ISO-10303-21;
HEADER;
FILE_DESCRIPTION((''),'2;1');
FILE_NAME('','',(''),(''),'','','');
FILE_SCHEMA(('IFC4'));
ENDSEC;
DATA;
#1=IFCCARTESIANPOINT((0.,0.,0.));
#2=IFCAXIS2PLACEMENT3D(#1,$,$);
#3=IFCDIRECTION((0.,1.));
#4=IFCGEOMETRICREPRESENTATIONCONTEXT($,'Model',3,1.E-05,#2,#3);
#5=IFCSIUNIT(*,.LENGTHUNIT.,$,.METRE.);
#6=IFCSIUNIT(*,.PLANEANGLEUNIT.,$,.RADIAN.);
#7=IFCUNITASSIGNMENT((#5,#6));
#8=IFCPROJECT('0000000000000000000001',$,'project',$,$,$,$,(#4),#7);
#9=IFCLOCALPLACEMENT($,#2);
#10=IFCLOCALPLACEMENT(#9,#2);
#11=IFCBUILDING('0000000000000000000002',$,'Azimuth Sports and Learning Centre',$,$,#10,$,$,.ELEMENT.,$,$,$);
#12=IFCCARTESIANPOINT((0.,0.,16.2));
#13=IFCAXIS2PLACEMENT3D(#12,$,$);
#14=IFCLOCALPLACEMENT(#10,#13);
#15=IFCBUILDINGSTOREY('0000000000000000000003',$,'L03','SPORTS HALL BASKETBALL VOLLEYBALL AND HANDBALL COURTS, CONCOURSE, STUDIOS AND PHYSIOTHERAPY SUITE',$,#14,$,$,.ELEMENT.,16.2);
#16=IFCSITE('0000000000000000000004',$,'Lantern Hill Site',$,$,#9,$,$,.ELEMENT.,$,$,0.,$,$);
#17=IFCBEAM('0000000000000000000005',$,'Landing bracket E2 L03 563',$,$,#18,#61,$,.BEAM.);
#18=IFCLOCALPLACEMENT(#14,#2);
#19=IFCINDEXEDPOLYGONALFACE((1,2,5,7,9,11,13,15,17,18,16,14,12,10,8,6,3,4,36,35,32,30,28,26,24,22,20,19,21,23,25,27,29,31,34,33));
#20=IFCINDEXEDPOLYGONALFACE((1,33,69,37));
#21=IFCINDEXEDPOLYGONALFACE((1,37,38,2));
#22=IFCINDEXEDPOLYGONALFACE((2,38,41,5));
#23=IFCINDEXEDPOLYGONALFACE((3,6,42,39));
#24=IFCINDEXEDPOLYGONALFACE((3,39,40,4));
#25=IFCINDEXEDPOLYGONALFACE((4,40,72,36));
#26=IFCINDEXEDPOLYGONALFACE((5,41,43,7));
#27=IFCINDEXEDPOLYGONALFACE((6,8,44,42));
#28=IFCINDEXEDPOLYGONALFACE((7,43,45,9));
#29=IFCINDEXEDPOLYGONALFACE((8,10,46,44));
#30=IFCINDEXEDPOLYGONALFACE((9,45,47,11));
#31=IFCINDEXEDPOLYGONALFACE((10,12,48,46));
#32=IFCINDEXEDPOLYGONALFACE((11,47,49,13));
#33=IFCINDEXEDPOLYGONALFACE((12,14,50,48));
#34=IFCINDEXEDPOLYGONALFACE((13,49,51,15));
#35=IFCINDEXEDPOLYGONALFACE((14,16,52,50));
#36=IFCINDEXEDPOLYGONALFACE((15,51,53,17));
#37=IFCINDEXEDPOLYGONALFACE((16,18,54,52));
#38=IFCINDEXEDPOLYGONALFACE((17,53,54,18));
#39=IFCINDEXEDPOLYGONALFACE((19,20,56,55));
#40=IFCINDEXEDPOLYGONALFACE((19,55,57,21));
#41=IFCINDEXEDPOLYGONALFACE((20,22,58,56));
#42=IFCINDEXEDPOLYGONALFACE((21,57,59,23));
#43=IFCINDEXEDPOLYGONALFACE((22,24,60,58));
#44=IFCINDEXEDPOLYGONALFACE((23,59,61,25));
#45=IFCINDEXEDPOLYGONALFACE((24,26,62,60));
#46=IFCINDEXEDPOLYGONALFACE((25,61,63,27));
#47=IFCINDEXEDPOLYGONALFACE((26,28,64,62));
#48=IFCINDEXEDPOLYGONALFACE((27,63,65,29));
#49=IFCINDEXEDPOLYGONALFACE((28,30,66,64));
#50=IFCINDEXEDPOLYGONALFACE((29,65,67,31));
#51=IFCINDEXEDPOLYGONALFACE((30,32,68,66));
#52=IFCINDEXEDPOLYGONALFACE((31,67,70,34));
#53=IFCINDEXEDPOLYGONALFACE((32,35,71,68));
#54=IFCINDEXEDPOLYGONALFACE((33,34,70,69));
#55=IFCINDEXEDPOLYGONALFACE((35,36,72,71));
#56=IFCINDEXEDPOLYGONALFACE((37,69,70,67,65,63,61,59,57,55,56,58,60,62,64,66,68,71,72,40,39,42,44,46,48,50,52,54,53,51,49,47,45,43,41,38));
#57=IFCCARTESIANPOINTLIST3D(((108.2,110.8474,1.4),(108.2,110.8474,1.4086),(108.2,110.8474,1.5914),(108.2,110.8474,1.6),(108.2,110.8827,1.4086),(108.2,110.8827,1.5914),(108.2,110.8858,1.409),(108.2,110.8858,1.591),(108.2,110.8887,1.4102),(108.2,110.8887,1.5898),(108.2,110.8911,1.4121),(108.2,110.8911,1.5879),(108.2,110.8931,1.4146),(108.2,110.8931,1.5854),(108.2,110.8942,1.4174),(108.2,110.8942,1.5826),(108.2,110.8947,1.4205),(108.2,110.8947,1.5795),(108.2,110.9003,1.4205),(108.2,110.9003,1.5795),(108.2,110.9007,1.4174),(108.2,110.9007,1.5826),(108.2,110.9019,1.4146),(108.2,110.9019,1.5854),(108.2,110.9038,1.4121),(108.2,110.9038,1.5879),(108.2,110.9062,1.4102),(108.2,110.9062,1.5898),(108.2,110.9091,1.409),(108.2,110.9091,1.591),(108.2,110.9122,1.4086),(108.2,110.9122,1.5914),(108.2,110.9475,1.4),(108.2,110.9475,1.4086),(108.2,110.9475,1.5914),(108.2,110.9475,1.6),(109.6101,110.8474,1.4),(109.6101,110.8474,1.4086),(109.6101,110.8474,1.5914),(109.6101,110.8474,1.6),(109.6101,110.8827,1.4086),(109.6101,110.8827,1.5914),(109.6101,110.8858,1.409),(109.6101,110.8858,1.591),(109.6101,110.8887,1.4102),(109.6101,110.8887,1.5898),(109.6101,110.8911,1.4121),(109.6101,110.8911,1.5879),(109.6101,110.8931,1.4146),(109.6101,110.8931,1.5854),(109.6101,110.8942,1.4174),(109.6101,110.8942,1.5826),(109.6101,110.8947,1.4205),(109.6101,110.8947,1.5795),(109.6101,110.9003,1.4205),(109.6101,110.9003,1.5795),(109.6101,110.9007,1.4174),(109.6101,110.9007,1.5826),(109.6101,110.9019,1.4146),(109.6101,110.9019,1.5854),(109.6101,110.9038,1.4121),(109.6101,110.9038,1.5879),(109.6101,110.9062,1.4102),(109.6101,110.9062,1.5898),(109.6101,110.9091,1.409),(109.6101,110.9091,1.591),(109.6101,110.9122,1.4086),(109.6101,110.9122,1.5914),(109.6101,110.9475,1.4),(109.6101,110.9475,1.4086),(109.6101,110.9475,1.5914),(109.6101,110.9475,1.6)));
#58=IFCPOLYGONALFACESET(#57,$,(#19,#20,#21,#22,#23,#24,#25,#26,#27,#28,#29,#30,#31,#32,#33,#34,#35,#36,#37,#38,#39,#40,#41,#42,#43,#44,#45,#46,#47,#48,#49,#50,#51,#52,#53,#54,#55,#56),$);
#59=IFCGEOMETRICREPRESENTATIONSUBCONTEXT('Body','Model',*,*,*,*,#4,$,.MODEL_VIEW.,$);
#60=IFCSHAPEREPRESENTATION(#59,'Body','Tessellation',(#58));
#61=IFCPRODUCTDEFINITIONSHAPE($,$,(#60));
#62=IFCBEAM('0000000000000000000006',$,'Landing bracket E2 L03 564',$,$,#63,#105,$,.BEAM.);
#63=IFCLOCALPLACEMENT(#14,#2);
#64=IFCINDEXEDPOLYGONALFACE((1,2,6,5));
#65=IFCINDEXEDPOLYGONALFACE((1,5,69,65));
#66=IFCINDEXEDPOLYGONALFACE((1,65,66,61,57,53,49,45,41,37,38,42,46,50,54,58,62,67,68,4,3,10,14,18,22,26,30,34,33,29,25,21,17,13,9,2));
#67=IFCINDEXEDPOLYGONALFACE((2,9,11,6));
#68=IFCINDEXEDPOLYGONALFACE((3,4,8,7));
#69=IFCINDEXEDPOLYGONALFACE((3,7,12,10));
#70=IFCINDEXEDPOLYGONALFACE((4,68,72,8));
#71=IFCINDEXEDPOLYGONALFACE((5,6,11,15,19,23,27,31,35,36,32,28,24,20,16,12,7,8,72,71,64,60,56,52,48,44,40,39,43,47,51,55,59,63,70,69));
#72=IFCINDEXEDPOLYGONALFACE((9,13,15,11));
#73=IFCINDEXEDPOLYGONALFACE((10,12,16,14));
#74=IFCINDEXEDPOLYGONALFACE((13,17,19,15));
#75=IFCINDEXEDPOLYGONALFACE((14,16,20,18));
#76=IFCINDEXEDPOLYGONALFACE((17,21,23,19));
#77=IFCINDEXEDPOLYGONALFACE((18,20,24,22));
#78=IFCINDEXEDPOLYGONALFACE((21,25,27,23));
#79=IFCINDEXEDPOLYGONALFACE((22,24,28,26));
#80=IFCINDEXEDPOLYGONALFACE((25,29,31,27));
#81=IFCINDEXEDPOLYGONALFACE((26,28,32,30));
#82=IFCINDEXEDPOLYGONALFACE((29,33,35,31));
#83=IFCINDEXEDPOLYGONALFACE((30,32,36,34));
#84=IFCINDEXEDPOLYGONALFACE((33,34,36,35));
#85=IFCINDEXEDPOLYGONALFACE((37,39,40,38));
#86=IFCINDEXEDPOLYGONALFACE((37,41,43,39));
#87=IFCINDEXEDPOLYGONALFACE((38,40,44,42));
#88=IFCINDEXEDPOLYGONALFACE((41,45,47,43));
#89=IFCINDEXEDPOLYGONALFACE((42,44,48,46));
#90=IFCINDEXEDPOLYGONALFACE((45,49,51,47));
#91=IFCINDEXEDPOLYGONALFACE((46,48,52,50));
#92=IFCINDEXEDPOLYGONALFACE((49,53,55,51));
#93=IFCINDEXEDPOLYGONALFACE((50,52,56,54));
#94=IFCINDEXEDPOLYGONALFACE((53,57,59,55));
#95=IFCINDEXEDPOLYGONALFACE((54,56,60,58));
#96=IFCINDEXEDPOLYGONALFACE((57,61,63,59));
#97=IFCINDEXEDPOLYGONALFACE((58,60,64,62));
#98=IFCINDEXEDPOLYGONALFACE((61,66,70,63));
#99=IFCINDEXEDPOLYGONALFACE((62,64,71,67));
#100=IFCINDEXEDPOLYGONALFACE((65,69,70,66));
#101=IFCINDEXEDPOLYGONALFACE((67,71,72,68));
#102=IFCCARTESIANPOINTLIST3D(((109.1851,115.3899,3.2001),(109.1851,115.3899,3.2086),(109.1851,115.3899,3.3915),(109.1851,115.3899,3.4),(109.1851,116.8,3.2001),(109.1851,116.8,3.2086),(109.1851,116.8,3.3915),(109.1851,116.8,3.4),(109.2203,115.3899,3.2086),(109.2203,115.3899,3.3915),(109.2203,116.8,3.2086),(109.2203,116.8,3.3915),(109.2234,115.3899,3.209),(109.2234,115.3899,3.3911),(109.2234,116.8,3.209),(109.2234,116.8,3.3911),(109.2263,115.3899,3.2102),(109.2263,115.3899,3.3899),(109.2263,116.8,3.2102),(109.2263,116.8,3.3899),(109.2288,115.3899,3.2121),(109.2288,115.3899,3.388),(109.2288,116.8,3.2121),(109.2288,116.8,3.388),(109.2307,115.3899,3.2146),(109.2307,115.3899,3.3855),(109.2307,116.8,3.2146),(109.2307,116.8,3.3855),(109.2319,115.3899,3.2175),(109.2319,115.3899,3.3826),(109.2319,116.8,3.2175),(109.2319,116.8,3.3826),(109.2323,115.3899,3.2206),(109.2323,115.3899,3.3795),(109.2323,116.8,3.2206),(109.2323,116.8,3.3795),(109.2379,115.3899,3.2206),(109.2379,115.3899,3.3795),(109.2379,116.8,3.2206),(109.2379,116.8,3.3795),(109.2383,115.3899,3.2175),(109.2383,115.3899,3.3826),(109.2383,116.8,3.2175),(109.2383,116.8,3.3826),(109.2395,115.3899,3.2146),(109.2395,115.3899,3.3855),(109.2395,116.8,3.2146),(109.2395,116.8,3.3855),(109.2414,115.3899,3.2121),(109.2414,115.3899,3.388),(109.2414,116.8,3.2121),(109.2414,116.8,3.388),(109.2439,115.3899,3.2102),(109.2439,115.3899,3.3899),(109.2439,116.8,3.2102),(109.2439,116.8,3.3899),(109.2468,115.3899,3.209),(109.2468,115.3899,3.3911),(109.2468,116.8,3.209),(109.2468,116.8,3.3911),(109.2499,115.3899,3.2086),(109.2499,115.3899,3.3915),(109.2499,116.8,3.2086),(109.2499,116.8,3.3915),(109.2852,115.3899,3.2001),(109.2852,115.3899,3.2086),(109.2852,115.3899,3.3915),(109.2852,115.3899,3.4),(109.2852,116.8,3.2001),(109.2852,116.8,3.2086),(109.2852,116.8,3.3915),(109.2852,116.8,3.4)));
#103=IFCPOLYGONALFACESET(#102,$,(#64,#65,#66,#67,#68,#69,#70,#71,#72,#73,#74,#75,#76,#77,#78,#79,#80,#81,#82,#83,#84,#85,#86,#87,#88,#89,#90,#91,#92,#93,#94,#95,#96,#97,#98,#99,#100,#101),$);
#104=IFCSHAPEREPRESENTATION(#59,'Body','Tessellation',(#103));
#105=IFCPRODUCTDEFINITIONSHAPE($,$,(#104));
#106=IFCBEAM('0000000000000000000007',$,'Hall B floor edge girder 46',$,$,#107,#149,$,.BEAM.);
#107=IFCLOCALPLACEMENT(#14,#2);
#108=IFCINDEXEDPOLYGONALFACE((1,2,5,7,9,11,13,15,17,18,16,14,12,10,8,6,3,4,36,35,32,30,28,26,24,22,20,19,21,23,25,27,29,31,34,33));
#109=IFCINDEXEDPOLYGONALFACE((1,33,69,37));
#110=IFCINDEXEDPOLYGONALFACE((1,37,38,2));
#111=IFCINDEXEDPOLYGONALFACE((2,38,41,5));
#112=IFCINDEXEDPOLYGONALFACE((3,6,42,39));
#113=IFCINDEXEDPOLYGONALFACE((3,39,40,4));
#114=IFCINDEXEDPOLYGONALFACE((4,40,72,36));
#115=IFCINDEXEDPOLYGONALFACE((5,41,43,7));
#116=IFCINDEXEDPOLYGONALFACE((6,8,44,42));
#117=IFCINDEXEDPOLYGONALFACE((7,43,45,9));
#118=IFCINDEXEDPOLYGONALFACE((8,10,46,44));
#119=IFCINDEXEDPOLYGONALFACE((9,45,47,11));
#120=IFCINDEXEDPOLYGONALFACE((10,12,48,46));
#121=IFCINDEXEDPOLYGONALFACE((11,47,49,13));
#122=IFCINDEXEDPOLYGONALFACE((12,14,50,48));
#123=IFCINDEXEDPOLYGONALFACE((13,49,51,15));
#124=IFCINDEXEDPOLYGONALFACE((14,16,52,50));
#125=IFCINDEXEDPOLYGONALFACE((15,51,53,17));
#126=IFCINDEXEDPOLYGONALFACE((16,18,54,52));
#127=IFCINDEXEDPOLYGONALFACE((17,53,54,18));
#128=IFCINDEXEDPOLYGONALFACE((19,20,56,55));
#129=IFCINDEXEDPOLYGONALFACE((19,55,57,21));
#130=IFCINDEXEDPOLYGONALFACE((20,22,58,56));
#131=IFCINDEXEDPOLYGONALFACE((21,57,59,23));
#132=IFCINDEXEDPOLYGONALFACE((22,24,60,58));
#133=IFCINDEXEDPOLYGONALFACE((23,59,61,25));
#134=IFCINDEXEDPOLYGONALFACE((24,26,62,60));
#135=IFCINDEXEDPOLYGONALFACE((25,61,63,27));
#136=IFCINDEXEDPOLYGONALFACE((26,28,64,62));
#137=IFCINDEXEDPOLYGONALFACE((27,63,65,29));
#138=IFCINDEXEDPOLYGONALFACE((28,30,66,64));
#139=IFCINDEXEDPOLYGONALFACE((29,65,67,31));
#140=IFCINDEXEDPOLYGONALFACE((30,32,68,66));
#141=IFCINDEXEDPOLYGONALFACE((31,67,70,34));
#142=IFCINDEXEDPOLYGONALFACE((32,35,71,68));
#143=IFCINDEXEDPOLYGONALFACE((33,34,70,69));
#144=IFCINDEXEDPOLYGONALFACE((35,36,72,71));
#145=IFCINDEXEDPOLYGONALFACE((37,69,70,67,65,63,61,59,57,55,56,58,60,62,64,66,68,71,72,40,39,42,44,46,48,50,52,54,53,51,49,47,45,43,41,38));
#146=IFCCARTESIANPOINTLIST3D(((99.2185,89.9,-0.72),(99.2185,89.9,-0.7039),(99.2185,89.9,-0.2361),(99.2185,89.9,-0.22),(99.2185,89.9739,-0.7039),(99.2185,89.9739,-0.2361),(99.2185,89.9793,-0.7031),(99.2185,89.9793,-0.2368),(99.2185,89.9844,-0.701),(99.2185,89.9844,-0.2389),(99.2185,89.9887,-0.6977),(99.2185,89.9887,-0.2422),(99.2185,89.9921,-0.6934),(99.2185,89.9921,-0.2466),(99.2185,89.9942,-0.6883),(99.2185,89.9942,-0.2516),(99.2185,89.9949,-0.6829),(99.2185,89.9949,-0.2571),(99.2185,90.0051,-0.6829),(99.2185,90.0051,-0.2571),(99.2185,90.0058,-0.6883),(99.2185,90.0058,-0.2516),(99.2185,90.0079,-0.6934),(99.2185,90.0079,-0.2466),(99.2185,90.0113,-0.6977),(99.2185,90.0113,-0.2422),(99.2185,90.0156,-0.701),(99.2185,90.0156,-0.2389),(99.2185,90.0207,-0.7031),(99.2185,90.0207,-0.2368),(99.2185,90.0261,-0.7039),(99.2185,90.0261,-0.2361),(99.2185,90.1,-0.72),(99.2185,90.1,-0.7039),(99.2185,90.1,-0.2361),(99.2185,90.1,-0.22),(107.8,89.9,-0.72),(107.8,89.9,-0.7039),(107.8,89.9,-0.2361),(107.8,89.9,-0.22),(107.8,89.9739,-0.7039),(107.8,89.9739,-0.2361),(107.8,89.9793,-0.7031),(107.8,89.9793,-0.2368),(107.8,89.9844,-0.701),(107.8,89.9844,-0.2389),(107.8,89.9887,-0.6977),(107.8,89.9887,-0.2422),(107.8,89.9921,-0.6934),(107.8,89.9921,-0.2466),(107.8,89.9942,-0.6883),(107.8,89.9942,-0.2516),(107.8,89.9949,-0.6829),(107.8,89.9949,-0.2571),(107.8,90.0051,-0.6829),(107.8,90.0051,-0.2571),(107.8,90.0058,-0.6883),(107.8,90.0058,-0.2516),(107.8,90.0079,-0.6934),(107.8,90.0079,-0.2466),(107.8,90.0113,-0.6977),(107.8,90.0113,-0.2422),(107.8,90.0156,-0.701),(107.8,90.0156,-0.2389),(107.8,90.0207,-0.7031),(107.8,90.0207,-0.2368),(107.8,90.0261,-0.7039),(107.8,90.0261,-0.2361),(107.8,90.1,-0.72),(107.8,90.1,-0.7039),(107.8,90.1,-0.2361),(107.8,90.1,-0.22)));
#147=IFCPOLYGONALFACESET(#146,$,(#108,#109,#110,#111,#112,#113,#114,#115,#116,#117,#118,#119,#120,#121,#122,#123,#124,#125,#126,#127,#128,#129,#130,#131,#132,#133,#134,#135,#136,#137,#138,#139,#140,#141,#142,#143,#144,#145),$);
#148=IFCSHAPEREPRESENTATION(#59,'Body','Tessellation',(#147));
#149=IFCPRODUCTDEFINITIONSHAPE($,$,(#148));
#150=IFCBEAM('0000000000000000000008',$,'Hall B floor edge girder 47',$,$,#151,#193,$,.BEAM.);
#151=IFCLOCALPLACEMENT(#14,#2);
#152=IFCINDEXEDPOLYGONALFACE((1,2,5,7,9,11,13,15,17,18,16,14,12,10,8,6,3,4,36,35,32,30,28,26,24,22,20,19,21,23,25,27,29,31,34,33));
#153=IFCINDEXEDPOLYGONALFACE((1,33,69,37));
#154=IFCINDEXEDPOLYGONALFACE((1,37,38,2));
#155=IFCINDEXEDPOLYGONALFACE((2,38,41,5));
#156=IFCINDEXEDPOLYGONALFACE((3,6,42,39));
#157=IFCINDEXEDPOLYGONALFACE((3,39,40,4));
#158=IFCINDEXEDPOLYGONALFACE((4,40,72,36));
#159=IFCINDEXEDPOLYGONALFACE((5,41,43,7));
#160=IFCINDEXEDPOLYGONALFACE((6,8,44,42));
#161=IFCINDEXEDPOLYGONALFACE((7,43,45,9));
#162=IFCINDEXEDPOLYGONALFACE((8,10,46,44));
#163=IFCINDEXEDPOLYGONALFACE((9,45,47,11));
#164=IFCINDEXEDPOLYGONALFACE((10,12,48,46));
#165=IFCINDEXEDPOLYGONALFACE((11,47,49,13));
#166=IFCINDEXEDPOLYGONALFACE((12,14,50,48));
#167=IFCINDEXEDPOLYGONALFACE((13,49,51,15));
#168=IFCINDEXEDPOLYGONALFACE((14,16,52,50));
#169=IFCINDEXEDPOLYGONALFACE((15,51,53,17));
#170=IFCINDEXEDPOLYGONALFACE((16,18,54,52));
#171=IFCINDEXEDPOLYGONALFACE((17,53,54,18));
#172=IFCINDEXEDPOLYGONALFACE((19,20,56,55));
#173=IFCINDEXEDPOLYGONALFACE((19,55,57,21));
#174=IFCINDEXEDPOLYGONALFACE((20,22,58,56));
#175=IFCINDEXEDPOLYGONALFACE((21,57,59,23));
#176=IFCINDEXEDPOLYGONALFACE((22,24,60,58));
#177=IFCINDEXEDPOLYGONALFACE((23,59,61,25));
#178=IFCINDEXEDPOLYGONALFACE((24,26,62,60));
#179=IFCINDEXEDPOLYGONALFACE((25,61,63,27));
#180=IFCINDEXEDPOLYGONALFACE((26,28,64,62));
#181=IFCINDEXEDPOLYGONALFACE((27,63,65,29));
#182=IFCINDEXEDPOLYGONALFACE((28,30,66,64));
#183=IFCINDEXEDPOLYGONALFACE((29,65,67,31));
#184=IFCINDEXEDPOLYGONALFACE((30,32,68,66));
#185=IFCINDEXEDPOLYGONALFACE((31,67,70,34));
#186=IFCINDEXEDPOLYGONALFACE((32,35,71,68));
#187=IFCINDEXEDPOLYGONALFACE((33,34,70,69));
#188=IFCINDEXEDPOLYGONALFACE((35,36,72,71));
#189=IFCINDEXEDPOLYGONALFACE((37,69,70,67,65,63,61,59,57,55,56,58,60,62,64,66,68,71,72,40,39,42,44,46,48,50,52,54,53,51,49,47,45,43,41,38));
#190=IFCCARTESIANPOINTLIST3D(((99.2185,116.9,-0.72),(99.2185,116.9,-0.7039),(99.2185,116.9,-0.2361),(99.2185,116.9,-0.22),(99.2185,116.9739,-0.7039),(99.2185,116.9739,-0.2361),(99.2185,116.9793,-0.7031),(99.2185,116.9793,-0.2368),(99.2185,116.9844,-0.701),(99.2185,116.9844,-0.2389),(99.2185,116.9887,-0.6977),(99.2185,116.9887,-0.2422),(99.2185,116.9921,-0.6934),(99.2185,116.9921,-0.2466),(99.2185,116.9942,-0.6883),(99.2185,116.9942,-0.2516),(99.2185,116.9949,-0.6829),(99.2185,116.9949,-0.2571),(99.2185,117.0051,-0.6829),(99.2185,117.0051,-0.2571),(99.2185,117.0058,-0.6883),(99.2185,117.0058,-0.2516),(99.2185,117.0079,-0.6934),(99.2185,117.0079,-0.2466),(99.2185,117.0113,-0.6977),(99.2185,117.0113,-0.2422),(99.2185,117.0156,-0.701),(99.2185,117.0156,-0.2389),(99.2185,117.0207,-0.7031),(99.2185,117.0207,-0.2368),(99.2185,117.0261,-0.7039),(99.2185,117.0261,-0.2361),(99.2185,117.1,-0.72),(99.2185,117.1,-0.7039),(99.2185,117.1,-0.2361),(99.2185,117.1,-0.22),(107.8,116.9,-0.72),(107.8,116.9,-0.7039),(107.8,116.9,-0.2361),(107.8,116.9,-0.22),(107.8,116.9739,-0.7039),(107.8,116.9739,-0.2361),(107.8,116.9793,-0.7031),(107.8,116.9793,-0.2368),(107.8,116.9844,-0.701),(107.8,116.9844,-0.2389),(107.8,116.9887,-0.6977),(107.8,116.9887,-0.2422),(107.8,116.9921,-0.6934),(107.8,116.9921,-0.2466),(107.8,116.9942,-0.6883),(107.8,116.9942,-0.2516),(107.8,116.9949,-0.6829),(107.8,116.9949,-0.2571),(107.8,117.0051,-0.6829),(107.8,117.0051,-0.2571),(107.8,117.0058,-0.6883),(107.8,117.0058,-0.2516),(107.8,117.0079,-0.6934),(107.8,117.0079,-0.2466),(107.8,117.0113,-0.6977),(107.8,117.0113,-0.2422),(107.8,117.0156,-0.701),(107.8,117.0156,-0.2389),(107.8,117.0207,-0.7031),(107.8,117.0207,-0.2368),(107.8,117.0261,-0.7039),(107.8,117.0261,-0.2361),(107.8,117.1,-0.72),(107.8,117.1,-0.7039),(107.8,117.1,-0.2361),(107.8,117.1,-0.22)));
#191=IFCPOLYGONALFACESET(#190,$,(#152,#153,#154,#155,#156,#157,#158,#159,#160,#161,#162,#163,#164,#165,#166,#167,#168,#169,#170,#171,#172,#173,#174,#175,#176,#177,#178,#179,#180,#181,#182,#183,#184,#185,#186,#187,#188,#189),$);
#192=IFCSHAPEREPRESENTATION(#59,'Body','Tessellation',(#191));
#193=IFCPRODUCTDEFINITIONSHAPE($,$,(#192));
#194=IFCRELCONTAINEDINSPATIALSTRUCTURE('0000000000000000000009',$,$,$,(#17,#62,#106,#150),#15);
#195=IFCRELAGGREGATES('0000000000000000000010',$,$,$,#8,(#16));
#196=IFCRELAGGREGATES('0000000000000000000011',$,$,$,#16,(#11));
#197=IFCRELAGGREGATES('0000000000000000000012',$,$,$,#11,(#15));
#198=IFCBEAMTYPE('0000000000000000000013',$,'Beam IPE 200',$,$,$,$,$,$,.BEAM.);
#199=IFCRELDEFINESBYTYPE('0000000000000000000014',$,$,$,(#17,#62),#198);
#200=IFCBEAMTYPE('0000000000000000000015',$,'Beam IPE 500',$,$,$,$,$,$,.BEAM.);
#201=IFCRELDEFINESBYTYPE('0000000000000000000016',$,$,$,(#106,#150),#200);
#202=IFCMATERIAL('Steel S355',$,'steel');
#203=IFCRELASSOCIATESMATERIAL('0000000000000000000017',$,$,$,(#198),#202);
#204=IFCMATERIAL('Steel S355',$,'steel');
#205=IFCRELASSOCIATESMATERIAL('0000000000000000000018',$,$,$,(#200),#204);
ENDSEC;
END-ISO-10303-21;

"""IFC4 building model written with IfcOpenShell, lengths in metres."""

from ifc_helpers import new_model, si_unit, direction, frame, origin, origin_2d, place, context, subcontext, project, spatial, i_section, extrude, material, material_profile, profile_set, type_object, element, save


model = new_model("IFC4")

# Units and contexts
model_context = context("Model", 3, precision=1e-05, world=origin(), true_north=direction((0.0, 1.0)))
body_context = subcontext(model_context, "Body", "Model", "MODEL_VIEW")
ifc_project = project(units=[si_unit("LENGTHUNIT", "METRE"), si_unit("PLANEANGLEUNIT", "RADIAN")], contexts=[model_context])

# Site, building, storey
site_placement = place(None, origin())
site = spatial("IfcSite", under=ifc_project, at=site_placement, Name="Lantern Hill Site", CompositionType="ELEMENT", RefElevation=0.0)
building_placement = place(site_placement, origin())
building = spatial("IfcBuilding", under=site, at=building_placement, Name="Azimuth Sports and Learning Centre", CompositionType="ELEMENT")
storey_placement = place(building_placement, frame((0.0, 0.0, 16.2)))
storey = spatial("IfcBuildingStorey", under=building, at=storey_placement, Name="L03", Description="SPORTS HALL BASKETBALL VOLLEYBALL AND HANDBALL COURTS, CONCOURSE, STUDIOS AND PHYSIOTHERAPY SUITE", CompositionType="ELEMENT", Elevation=16.2)

# Beams
ifc_material_1 = material(Name="Steel S355", Category="steel")
ifc_material_profile_1 = material_profile(ifc_material_1, i_section(OverallWidth=0.1001, OverallDepth=0.2, WebThickness=0.0056, FlangeThickness=0.0085, FilletRadius=0.012, at=origin_2d()), Name="IPE 200")
ifc_profile_set_1 = profile_set([ifc_material_profile_1], Name="Steel S355")
beam_type_1 = type_object("IfcBeamType", Name="Beam IPE 200", PredefinedType="BEAM", material=ifc_profile_set_1)
for number, where, z_axis, x_axis, name in (
    (1, (108.2, 110.8975, 1.5), (1.0, 0.0, 0.0), (0.0, 1.0, 0.0), "Landing bracket E2 L03 563"),
    (2, (109.2351, 116.8, 3.3), (0.0, -1.0, 0.0), (1.0, 0.0, 0.0), "Landing bracket E2 L03 564"),
):
    element("IfcBeam", number, at=place(storey_placement, frame(where, z_axis=z_axis, x_axis=x_axis)), inside=storey, type_object=beam_type_1, Name=name, PredefinedType="BEAM", context=body_context, shape_type="SweptSolid", body=[
        extrude(i_section(OverallWidth=0.1001, OverallDepth=0.2, WebThickness=0.0056, FlangeThickness=0.0085, FilletRadius=0.012, at=origin_2d()), origin(), (0.0, 0.0, 1.0), 1.4102),
    ])
ifc_material_2 = material(Name="Steel S355", Category="steel")
ifc_material_profile_2 = material_profile(ifc_material_2, i_section(OverallWidth=0.2, OverallDepth=0.5, WebThickness=0.0103, FlangeThickness=0.0161, FilletRadius=0.021, at=origin_2d()), Name="IPE 500")
ifc_profile_set_2 = profile_set([ifc_material_profile_2], Name="Steel S355")
beam_type_2 = type_object("IfcBeamType", Name="Beam IPE 500", PredefinedType="BEAM", material=ifc_profile_set_2)
for number, where, z_axis, x_axis, name in (
    (3, (99.2185, 90.0, -0.47), (1.0, 0.0, 0.0), (0.0, 1.0, 0.0), "Hall B floor edge girder 46"),
    (4, (99.2185, 117.0, -0.47), (1.0, 0.0, 0.0), (0.0, 1.0, 0.0), "Hall B floor edge girder 47"),
):
    element("IfcBeam", number, at=place(storey_placement, frame(where, z_axis=z_axis, x_axis=x_axis)), inside=storey, type_object=beam_type_2, Name=name, PredefinedType="BEAM", context=body_context, shape_type="SweptSolid", body=[
        extrude(i_section(OverallWidth=0.2, OverallDepth=0.5, WebThickness=0.0103, FlangeThickness=0.0161, FilletRadius=0.021, at=origin_2d()), origin(), (0.0, 0.0, 1.0), 8.5815),
    ])

save(model, "model.ifc")
